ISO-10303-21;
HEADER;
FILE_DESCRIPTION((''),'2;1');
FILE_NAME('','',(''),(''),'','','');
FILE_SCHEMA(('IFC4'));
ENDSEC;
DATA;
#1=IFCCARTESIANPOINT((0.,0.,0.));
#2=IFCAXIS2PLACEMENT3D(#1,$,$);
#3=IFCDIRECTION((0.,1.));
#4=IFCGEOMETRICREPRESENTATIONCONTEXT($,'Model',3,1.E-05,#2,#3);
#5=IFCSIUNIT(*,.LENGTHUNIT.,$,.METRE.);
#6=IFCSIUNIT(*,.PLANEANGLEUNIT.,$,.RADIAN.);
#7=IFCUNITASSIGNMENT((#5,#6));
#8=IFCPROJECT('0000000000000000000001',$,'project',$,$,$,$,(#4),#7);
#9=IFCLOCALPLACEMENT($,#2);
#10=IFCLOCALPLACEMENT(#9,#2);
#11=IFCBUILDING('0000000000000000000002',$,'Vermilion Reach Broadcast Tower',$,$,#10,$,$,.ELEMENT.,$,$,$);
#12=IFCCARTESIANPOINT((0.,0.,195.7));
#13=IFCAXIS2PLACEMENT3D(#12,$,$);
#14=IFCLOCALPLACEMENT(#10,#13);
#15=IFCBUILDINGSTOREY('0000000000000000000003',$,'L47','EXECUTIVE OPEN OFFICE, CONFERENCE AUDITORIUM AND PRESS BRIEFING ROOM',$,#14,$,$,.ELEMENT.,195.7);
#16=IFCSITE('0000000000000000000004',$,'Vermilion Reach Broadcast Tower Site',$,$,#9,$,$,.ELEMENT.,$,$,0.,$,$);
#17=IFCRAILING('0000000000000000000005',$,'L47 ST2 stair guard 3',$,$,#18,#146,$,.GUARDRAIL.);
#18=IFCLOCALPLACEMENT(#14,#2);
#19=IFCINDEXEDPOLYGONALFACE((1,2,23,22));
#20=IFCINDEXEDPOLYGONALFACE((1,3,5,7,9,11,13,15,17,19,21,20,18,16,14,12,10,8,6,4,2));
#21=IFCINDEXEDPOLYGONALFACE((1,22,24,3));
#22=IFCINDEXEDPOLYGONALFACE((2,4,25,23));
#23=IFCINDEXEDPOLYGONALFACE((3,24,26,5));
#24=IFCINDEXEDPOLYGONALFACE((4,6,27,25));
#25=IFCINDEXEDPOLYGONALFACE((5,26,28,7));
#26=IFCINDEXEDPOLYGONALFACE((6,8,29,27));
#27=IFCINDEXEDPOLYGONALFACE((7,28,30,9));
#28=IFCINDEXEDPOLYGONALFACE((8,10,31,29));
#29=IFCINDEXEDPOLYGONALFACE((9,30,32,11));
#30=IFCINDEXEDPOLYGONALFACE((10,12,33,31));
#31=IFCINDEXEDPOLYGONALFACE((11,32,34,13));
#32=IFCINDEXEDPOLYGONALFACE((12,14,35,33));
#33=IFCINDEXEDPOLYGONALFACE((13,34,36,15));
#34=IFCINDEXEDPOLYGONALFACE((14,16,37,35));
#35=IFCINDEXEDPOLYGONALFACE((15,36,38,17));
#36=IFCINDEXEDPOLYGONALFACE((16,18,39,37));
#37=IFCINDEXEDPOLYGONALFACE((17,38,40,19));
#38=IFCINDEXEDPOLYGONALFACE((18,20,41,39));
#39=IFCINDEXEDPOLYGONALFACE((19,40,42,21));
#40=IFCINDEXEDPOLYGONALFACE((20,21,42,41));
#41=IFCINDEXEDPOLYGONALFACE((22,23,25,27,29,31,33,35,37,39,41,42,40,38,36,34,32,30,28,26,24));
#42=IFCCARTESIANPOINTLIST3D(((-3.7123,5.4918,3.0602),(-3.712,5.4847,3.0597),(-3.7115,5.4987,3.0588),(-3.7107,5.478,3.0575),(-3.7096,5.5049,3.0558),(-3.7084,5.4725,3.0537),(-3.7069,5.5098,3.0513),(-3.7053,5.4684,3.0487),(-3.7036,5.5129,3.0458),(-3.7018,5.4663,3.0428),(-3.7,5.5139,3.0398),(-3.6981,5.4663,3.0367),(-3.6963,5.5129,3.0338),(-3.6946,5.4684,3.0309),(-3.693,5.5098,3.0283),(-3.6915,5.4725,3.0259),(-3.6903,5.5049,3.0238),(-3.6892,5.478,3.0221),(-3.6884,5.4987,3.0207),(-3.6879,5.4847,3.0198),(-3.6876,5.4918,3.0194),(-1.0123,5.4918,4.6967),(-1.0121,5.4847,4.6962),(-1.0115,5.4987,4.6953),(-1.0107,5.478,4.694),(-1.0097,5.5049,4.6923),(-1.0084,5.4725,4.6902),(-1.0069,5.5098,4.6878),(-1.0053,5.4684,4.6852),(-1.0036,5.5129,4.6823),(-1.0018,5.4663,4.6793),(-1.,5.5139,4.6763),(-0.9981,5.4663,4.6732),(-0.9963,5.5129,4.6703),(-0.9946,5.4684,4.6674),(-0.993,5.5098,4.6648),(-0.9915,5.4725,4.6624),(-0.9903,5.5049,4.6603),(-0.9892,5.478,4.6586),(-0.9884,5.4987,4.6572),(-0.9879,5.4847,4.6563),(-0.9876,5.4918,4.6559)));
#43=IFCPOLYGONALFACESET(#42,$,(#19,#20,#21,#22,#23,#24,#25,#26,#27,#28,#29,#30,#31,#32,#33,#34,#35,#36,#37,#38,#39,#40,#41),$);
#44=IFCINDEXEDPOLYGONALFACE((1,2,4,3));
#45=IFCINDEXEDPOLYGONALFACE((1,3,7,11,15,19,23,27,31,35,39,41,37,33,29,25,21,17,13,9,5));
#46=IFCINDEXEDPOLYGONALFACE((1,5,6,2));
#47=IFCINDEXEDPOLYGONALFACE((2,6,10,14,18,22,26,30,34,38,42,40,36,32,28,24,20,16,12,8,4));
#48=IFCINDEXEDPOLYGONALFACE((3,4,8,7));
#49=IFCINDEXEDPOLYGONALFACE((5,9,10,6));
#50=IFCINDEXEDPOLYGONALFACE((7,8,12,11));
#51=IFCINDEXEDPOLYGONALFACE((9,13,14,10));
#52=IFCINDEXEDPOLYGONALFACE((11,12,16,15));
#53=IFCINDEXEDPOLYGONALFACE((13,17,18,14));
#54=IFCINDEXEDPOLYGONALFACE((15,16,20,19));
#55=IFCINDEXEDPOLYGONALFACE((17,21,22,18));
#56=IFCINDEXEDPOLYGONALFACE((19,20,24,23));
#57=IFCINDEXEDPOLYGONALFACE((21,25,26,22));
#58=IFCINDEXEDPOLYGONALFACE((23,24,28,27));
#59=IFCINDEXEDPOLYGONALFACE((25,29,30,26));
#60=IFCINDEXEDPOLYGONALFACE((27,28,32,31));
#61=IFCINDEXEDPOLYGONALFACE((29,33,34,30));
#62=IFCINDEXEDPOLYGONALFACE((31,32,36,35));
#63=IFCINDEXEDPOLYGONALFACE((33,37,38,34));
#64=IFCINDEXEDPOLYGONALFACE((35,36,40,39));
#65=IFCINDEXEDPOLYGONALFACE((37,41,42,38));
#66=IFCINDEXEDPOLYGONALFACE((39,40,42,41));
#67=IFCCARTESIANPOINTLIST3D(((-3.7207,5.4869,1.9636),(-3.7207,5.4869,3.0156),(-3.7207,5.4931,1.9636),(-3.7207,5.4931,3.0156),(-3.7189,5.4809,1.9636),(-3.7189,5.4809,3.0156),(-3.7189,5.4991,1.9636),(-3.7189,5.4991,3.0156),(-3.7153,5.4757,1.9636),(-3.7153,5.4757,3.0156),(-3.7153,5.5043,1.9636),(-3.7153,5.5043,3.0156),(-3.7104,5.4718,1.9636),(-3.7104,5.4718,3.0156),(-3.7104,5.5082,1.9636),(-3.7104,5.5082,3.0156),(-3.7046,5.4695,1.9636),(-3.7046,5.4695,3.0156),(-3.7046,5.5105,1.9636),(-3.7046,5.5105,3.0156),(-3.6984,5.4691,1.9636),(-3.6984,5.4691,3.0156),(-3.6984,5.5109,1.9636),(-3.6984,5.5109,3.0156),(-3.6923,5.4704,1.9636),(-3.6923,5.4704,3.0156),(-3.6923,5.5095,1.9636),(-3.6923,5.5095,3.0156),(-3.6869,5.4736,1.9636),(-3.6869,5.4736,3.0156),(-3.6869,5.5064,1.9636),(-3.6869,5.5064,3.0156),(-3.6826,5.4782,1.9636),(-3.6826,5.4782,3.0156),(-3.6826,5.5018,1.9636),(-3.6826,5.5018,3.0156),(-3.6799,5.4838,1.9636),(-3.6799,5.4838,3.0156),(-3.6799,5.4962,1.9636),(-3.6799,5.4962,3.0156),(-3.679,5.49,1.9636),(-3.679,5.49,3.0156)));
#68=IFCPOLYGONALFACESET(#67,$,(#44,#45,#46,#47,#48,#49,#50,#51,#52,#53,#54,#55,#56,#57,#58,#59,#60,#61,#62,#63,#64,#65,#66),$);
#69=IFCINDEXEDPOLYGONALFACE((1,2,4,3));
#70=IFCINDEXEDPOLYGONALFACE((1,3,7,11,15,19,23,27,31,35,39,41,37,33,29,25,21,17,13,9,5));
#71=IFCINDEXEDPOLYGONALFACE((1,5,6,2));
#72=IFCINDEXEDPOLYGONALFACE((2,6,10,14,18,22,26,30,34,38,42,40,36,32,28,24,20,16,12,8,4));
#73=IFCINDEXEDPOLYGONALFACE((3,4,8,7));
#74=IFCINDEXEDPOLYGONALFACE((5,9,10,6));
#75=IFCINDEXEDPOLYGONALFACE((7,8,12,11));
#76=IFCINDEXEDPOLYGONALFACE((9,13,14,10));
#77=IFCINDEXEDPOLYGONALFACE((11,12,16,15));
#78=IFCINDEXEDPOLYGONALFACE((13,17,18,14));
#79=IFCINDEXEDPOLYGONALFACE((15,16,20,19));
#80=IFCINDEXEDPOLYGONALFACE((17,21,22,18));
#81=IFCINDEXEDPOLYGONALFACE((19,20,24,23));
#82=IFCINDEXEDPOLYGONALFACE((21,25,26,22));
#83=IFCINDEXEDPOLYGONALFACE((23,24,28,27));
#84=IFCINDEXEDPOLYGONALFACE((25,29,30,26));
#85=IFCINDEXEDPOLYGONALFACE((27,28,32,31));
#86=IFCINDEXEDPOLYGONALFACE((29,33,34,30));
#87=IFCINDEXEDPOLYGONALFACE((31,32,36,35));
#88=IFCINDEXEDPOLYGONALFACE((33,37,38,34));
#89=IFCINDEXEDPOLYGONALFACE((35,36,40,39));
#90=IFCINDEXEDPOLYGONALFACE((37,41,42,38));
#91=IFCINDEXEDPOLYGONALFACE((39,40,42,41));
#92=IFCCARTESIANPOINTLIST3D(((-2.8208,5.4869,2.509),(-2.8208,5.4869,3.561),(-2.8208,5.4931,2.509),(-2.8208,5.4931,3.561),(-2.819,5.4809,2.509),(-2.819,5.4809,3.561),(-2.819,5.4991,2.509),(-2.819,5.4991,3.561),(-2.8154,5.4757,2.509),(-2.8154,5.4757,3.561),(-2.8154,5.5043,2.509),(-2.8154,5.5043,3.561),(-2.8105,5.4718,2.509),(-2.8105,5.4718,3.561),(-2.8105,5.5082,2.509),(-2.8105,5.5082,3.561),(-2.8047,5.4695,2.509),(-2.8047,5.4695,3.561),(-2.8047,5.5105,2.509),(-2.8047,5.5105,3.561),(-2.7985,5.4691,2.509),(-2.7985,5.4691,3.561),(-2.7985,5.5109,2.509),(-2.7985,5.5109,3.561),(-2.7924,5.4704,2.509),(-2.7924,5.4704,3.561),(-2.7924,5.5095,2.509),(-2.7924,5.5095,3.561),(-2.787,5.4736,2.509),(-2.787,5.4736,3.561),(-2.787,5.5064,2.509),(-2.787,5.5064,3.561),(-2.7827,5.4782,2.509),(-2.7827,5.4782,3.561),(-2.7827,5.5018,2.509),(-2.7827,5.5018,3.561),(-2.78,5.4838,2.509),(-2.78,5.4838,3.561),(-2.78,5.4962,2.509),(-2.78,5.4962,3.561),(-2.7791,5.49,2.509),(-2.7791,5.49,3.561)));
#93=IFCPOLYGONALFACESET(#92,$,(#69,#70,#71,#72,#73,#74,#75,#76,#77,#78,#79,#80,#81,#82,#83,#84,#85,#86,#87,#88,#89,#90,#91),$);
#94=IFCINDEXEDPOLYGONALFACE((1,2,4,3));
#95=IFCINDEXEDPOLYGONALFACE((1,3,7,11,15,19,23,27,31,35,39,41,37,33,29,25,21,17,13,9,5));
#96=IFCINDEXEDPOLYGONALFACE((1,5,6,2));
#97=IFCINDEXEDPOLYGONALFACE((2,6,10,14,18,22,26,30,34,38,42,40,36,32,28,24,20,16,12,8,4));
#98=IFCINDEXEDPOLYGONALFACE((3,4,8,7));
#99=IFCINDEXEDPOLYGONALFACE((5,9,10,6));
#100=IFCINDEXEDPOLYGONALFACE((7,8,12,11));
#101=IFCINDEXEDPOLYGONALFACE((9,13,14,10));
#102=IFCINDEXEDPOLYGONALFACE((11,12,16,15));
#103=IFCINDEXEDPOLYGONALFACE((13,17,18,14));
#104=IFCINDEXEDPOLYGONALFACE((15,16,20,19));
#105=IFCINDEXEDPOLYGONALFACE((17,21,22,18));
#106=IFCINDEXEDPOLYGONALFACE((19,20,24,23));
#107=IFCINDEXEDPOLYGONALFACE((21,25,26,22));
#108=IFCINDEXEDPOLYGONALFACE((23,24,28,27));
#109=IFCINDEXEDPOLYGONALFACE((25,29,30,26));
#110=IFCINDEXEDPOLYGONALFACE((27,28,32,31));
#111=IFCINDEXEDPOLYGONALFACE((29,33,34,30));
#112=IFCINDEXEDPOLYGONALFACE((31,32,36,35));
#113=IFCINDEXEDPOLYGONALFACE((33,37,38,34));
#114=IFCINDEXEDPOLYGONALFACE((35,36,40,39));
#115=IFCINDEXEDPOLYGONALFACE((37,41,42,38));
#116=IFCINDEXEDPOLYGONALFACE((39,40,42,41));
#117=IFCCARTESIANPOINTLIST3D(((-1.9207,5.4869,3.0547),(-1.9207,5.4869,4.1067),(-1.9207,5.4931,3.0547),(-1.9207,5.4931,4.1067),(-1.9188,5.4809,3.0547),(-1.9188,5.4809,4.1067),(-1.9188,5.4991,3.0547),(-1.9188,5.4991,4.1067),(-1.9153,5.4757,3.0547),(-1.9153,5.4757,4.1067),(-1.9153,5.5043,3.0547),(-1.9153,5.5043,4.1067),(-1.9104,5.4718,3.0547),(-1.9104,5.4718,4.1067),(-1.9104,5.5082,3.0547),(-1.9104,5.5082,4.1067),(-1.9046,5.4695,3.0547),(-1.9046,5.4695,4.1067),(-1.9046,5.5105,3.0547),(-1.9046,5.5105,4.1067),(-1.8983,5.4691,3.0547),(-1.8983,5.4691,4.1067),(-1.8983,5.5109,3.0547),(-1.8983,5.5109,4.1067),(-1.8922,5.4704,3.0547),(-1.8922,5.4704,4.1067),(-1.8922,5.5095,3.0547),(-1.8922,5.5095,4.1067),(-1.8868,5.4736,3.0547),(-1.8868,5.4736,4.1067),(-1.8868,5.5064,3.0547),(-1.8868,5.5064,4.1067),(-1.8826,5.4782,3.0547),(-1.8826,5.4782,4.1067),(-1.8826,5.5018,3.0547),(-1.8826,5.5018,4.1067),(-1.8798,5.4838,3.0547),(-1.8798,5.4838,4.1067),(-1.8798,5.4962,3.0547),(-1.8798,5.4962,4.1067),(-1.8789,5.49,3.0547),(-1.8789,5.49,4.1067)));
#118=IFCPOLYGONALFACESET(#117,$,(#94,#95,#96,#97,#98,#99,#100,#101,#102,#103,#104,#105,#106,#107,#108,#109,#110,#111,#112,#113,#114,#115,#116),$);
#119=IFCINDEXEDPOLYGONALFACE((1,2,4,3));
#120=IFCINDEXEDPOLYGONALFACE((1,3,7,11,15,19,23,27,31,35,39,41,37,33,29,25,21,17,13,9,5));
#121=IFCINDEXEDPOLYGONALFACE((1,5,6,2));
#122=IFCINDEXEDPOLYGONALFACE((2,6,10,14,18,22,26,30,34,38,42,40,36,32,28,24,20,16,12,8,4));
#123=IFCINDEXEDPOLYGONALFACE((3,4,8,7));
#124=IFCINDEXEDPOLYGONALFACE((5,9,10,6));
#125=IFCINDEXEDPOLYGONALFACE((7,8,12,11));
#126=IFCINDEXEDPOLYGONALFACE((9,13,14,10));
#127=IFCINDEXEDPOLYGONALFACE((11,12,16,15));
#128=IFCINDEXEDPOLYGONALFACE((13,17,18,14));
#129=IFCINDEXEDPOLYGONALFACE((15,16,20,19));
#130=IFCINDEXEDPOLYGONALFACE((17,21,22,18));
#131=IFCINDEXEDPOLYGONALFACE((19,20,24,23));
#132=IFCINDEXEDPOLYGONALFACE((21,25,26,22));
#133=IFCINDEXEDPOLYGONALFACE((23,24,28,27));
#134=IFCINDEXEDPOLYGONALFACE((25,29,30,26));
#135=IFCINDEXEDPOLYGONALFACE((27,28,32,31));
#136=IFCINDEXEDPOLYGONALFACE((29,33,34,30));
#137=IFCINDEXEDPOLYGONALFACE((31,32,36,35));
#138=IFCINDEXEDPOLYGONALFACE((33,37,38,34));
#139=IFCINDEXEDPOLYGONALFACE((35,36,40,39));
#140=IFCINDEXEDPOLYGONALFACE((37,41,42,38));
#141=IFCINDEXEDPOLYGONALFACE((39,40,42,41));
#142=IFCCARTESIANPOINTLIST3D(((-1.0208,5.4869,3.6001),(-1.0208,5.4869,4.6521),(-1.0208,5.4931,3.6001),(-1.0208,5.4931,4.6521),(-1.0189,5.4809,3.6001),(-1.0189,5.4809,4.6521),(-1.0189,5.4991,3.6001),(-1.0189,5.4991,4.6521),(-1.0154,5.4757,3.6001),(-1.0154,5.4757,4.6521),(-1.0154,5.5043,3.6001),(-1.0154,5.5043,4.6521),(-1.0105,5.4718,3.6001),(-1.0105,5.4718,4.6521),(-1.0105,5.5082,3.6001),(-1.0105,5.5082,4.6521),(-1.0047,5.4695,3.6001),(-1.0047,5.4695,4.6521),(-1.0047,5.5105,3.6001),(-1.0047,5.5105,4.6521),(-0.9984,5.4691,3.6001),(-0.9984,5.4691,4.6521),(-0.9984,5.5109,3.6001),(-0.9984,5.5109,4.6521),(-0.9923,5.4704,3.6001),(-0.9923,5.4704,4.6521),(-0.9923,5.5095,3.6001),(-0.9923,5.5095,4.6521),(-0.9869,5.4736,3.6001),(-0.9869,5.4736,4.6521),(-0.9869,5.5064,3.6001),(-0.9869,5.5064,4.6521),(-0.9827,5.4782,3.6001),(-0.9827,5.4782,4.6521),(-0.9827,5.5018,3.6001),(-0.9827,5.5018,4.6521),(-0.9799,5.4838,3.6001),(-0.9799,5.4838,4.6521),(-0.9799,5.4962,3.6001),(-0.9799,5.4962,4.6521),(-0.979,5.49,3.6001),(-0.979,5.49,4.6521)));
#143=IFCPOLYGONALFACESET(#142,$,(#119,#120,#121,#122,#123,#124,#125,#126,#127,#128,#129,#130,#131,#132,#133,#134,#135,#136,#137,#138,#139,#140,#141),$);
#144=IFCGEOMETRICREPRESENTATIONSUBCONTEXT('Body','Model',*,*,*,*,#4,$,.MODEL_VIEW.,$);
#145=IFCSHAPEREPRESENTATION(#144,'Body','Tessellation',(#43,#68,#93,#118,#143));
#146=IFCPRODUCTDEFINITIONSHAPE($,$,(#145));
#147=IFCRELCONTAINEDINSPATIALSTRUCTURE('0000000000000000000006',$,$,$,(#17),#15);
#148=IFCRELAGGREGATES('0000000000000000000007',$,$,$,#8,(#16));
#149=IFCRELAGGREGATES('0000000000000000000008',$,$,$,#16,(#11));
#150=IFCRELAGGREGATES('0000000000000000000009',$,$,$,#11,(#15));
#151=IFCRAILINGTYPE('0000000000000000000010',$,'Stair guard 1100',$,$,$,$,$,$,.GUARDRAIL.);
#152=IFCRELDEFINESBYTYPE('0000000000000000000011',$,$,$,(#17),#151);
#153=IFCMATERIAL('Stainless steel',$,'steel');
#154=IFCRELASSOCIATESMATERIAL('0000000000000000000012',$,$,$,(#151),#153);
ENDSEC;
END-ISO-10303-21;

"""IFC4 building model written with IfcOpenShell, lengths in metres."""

from ifc_helpers import new_model, si_unit, direction, frame, origin, origin_2d, place, context, subcontext, project, spatial, circle, extrude, material, type_object, element, save


model = new_model("IFC4")

# Units and contexts
model_context = context("Model", 3, precision=1e-05, world=origin(), true_north=direction((0.0, 1.0)))
body_context = subcontext(model_context, "Body", "Model", "MODEL_VIEW")
ifc_project = project(units=[si_unit("LENGTHUNIT", "METRE"), si_unit("PLANEANGLEUNIT", "RADIAN")], contexts=[model_context])

# Site, building, storey
site_placement = place(None, origin())
site = spatial("IfcSite", under=ifc_project, at=site_placement, Name="Vermilion Reach Broadcast Tower Site", CompositionType="ELEMENT", RefElevation=0.0)
building_placement = place(site_placement, origin())
building = spatial("IfcBuilding", under=site, at=building_placement, Name="Vermilion Reach Broadcast Tower", CompositionType="ELEMENT")
storey_placement = place(building_placement, frame((0.0, 0.0, 195.7)))
storey = spatial("IfcBuildingStorey", under=building, at=storey_placement, Name="L47", Description="EXECUTIVE OPEN OFFICE, CONFERENCE AUDITORIUM AND PRESS BRIEFING ROOM", CompositionType="ELEMENT", Elevation=195.7)

# Railing
ifc_material_1 = material(Name="Stainless steel", Category="steel")
railing_type_1 = type_object("IfcRailingType", Name="Stair guard 1100", PredefinedType="GUARDRAIL", material=ifc_material_1)
railing_1_placement = place(storey_placement, frame((-3.7, 5.49, 1.9636)))
element("IfcRailing", 1, at=railing_1_placement, inside=storey, type_object=railing_type_1, Name="L47 ST2 stair guard 3", PredefinedType="GUARDRAIL", context=body_context, shape_type="SweptSolid", body=[
    extrude(circle(Radius=0.0239, at=origin_2d()), frame((0.0, 0.0, 1.0762), z_axis=(0.855178, 0.0, 0.518334), x_axis=(0.0, 1.0, 0.0)), (0.0, 0.0, 1.0), 3.1572),
    extrude(circle(Radius=0.021, at=origin_2d()), origin(), (0.0, 0.0, 1.0), 1.052),
    extrude(circle(Radius=0.021, at=origin_2d()), frame((0.8999, 0.0, 0.5454)), (0.0, 0.0, 1.0), 1.052),
    extrude(circle(Radius=0.021, at=origin_2d()), frame((1.8, 0.0, 1.0911)), (0.0, 0.0, 1.0), 1.052),
    extrude(circle(Radius=0.021, at=origin_2d()), frame((2.7, 0.0, 1.6365)), (0.0, 0.0, 1.0), 1.052),
])

save(model, "model.ifc")
